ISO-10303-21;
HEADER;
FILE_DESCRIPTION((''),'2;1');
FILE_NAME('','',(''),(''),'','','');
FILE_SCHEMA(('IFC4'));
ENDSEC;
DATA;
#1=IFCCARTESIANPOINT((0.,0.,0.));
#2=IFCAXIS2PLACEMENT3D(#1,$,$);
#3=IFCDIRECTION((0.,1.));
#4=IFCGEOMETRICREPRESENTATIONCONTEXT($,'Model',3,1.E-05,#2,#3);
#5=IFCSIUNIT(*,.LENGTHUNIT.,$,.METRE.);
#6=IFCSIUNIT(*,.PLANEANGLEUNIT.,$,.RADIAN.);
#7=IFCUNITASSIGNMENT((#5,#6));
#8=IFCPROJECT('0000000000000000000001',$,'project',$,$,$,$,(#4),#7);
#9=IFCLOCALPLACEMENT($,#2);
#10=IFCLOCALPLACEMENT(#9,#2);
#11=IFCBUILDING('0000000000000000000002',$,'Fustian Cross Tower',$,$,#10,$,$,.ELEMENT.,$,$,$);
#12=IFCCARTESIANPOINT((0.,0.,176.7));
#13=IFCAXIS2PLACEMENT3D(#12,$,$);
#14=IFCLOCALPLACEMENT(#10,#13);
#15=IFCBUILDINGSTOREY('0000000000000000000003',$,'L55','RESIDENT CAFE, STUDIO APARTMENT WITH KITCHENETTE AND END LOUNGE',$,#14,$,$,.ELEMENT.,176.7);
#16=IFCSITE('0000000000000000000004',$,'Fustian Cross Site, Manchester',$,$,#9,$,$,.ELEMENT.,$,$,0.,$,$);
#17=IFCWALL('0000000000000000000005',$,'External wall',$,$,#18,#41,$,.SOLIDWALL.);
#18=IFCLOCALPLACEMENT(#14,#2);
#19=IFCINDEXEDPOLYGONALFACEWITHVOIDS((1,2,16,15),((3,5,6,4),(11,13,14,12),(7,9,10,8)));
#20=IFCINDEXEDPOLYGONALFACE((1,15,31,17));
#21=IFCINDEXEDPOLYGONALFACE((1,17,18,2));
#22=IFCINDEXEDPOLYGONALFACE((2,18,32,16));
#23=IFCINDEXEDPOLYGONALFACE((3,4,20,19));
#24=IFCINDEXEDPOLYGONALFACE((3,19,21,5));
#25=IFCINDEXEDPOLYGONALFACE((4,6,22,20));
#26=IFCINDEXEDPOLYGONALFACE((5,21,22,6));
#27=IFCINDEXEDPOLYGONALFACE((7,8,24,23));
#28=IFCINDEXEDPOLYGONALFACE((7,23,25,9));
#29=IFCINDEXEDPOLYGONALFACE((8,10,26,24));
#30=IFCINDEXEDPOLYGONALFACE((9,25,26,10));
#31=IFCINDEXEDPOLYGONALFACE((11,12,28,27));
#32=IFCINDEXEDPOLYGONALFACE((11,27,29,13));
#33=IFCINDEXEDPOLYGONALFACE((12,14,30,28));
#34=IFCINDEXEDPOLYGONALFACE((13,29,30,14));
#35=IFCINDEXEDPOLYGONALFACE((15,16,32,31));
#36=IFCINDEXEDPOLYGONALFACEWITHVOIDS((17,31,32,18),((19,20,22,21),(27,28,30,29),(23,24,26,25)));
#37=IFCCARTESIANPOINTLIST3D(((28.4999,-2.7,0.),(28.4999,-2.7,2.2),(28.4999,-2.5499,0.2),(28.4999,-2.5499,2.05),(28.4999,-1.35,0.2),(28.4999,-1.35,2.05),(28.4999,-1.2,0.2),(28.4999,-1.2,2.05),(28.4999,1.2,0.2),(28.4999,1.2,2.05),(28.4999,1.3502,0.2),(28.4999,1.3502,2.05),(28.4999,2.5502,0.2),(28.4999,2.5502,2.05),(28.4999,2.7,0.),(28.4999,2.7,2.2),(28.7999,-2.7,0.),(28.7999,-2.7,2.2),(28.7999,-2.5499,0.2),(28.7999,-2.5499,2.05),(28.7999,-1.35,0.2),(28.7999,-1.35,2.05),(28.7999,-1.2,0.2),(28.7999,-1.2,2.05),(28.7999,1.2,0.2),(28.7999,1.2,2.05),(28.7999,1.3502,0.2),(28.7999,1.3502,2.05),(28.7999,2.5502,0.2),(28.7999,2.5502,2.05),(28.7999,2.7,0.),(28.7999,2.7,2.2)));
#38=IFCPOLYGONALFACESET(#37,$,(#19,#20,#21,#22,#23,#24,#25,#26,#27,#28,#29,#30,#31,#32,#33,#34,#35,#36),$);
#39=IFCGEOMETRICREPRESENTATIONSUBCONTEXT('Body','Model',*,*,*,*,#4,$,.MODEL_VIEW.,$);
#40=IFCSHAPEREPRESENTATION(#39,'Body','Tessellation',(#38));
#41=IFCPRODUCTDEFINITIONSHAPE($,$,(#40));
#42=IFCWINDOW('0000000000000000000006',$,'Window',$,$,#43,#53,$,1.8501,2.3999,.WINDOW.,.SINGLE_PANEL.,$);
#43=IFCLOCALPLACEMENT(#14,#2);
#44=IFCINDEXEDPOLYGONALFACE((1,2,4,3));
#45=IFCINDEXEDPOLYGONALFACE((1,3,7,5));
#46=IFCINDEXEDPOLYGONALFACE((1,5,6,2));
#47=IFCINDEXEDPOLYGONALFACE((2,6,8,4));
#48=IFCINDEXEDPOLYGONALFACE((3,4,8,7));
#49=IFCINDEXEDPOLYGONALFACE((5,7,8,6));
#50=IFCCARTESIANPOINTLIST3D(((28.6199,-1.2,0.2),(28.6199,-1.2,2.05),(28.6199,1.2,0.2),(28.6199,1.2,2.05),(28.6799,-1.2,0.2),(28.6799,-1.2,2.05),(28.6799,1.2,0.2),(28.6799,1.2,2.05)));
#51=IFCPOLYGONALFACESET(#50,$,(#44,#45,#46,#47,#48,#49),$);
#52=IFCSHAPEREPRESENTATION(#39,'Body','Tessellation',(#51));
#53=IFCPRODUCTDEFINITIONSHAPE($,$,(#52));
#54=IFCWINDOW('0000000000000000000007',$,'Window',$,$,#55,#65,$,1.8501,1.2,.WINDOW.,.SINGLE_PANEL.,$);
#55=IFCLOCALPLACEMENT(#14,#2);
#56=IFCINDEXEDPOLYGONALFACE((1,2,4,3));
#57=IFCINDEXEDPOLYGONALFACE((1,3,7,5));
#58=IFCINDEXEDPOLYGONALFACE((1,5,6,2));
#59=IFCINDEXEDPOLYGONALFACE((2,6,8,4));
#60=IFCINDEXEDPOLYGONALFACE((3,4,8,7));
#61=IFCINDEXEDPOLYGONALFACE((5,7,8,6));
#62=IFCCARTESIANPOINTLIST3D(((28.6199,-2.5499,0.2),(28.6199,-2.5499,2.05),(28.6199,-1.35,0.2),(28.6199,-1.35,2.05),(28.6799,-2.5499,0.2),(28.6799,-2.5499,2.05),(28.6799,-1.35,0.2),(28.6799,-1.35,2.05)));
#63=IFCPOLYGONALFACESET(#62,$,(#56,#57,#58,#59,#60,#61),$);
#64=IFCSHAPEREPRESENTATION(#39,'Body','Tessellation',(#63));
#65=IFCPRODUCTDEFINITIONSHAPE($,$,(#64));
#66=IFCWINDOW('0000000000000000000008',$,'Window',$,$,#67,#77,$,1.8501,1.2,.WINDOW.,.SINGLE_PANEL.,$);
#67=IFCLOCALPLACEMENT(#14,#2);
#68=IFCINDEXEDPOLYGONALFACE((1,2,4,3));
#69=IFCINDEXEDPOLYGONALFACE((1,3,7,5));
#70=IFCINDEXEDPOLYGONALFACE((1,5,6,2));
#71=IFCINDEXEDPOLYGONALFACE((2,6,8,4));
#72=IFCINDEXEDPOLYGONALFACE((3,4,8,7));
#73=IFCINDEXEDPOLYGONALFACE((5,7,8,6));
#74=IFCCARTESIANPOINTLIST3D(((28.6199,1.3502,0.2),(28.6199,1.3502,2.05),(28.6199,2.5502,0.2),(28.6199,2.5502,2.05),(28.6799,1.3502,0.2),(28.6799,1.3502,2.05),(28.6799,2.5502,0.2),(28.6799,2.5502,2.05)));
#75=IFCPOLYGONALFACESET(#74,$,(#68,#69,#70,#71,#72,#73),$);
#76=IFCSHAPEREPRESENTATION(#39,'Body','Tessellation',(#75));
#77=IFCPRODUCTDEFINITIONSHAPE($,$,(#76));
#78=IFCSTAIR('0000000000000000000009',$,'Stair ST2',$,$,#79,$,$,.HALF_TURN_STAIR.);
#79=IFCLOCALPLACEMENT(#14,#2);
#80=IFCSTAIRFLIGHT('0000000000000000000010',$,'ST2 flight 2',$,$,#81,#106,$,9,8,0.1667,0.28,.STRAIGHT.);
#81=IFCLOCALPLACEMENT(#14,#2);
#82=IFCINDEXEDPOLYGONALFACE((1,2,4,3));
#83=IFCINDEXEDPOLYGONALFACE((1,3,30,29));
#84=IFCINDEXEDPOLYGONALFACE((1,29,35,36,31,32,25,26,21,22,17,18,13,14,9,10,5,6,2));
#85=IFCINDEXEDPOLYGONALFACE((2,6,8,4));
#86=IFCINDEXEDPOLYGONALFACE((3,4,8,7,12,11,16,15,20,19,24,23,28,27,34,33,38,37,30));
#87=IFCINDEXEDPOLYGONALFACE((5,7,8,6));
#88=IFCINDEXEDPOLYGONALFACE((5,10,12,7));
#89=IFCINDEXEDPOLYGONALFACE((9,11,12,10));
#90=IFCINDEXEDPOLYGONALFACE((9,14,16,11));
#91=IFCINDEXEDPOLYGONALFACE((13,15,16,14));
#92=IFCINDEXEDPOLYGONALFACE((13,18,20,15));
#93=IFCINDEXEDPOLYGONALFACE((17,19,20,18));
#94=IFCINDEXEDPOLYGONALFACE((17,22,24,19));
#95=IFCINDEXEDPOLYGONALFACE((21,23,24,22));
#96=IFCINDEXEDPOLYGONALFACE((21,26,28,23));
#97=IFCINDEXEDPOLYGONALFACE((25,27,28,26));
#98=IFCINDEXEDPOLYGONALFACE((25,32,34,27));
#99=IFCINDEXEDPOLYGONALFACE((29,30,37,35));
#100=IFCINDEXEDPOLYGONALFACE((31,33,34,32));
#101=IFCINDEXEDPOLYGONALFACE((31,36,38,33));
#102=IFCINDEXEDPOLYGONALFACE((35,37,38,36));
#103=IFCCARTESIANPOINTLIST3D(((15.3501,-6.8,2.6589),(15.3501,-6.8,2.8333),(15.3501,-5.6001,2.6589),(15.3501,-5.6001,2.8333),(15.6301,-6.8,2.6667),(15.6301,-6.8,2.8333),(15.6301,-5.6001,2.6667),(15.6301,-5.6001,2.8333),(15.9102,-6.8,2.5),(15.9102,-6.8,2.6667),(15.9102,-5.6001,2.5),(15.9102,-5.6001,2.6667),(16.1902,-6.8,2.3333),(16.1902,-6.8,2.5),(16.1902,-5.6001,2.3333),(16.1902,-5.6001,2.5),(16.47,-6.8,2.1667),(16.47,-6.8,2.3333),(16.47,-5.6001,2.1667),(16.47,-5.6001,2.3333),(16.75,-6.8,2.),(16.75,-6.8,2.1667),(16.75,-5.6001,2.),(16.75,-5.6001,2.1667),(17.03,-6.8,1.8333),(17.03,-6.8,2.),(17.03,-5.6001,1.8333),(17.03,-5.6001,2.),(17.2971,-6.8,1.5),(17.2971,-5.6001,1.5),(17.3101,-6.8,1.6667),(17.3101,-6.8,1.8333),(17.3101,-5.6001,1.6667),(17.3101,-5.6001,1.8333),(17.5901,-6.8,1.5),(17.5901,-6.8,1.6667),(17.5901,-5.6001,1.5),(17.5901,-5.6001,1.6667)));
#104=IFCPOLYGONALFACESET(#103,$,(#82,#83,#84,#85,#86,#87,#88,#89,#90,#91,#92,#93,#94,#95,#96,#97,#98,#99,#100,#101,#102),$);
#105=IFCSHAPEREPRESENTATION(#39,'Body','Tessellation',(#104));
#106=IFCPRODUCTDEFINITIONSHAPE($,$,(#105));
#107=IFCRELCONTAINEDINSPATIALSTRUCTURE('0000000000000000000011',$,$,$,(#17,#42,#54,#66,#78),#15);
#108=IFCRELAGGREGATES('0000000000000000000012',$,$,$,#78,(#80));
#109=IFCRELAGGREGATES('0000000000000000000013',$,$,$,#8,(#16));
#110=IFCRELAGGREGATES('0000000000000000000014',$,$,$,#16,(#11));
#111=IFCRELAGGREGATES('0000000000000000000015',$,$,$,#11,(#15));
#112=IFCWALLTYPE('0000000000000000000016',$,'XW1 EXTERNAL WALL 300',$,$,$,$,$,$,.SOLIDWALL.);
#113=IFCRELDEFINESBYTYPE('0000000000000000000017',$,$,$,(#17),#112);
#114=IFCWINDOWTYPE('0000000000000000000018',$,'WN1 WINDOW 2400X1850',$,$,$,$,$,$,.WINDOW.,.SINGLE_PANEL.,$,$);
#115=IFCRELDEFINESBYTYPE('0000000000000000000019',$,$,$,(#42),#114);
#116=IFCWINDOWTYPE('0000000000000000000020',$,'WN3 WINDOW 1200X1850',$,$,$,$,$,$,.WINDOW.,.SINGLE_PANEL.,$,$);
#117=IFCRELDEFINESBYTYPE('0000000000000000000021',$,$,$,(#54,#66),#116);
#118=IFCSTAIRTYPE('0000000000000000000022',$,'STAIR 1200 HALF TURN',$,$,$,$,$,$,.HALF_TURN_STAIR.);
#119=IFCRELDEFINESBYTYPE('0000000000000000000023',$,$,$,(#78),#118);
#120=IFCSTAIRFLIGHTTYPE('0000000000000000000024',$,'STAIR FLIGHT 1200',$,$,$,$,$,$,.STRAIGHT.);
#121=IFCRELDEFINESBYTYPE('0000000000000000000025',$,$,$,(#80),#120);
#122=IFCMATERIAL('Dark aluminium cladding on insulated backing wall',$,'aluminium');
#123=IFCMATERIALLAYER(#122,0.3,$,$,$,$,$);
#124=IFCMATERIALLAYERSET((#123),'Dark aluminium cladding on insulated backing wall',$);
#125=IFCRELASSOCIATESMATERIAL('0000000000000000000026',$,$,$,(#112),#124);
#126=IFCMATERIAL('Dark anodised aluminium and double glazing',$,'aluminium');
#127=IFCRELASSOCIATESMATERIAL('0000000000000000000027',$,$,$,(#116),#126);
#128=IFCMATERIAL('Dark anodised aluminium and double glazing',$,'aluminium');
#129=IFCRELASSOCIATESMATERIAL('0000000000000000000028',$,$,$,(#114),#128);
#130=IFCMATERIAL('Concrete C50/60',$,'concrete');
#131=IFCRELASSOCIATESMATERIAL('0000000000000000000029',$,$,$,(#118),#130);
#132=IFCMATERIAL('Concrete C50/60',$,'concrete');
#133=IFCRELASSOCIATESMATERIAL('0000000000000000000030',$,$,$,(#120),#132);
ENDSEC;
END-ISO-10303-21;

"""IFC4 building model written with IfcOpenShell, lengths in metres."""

from ifc_helpers import new_model, si_unit, direction, frame, frame_2d, origin, place, context, subcontext, project, spatial, polyline, rectangle, outline, extrude, material, layer, layer_set, type_object, element, fill, aggregate, save


model = new_model("IFC4")

# Units and contexts
model_context = context("Model", 3, precision=1e-05, world=origin(), true_north=direction((0.0, 1.0)))
body_context = subcontext(model_context, "Body", "Model", "MODEL_VIEW")
ifc_project = project(units=[si_unit("LENGTHUNIT", "METRE"), si_unit("PLANEANGLEUNIT", "RADIAN")], contexts=[model_context])

# Site, building, storey
site_placement = place(None, origin())
site = spatial("IfcSite", under=ifc_project, at=site_placement, Name="Fustian Cross Site, Manchester", CompositionType="ELEMENT", RefElevation=0.0)
building_placement = place(site_placement, origin())
building = spatial("IfcBuilding", under=site, at=building_placement, Name="Fustian Cross Tower", CompositionType="ELEMENT")
storey_placement = place(building_placement, frame((0.0, 0.0, 176.7)))
storey = spatial("IfcBuildingStorey", under=building, at=storey_placement, Name="L55", Description="RESIDENT CAFE, STUDIO APARTMENT WITH KITCHENETTE AND END LOUNGE", CompositionType="ELEMENT", Elevation=176.7)

# Shared definitions
ifc_material_1 = material(Name="Dark aluminium cladding on insulated backing wall", Category="aluminium")
ifc_layer_1 = layer(ifc_material_1, 0.3)
ifc_layer_set_1 = layer_set([ifc_layer_1], Name="Dark aluminium cladding on insulated backing wall")
wall_type_1 = type_object("IfcWallType", Name="XW1 EXTERNAL WALL 300", PredefinedType="SOLIDWALL", material=ifc_layer_set_1)
ifc_material_2 = material(Name="Dark anodised aluminium and double glazing", Category="aluminium")
window_type_1 = type_object("IfcWindowType", Name="WN3 WINDOW 1200X1850", PartitioningType="SINGLE_PANEL", PredefinedType="WINDOW", material=ifc_material_2)

# Wall, openings, windows
wall_1_placement = place(storey_placement, frame((28.6499, -2.7, 0.0), z_axis=(0.0, 0.0, 1.0), x_axis=(0.0, 1.0, 0.0)))
wall_1 = element("IfcWall", 1, at=wall_1_placement, inside=storey, type_object=wall_type_1, Name="External wall", PredefinedType="SOLIDWALL", context=body_context, shape_type="SweptSolid", body=[
    extrude(rectangle(XDim=5.3999, YDim=0.3, at=frame_2d((2.7, 0.0))), origin(), (0.0, 0.0, 1.0), 2.2),
])
opening_1_placement = place(wall_1_placement, frame((1.5, 0.0, 0.2)))
opening_1 = element("IfcOpeningElement", 2, at=opening_1_placement, cuts=wall_1, PredefinedType="OPENING", context=body_context, shape_type="SweptSolid", body=[
    extrude(rectangle(XDim=2.3999, YDim=1.8501, at=frame_2d((1.2, 0.925))), frame((0.0, 0.1599, 0.0), z_axis=(0.0, -1.0, 0.0), x_axis=(1.0, 0.0, 0.0)), (0.0, 0.0, 1.0), 0.3201),
])
opening_2_placement = place(wall_1_placement, frame((0.1499, 0.0, 0.2)))
opening_2 = element("IfcOpeningElement", 3, at=opening_2_placement, cuts=wall_1, PredefinedType="OPENING", context=body_context, shape_type="SweptSolid", body=[
    extrude(rectangle(XDim=1.2, YDim=1.8501, at=frame_2d((0.6001, 0.925))), frame((0.0, 0.1599, 0.0), z_axis=(0.0, -1.0, 0.0), x_axis=(1.0, 0.0, 0.0)), (0.0, 0.0, 1.0), 0.3201),
])
opening_3_placement = place(wall_1_placement, frame((4.05, 0.0, 0.2)))
opening_3 = element("IfcOpeningElement", 4, at=opening_3_placement, cuts=wall_1, PredefinedType="OPENING", context=body_context, shape_type="SweptSolid", body=[
    extrude(rectangle(XDim=1.2, YDim=1.8501, at=frame_2d((0.6001, 0.925))), frame((0.0, 0.1599, 0.0), z_axis=(0.0, -1.0, 0.0), x_axis=(1.0, 0.0, 0.0)), (0.0, 0.0, 1.0), 0.3201),
])
ifc_material_3 = material(Name="Dark anodised aluminium and double glazing", Category="aluminium")
window_type_2 = type_object("IfcWindowType", Name="WN1 WINDOW 2400X1850", PartitioningType="SINGLE_PANEL", PredefinedType="WINDOW", material=ifc_material_3)
window_1_placement = place(opening_1_placement, origin())
window_1 = element("IfcWindow", 5, at=window_1_placement, inside=storey, type_object=window_type_2, Name="Window", OverallHeight=1.8501, OverallWidth=2.3999, PartitioningType="SINGLE_PANEL", PredefinedType="WINDOW", context=body_context, shape_type="SweptSolid", body=[
    extrude(rectangle(XDim=2.3999, YDim=1.8501, at=frame_2d((1.2, 0.925))), frame((0.0, 0.03, 0.0), z_axis=(0.0, -1.0, 0.0), x_axis=(1.0, 0.0, 0.0)), (0.0, 0.0, 1.0), 0.0601),
])
fill(opening_1, window_1)
window_2_placement = place(opening_2_placement, origin())
window_2 = element("IfcWindow", 6, at=window_2_placement, inside=storey, type_object=window_type_1, Name="Window", OverallHeight=1.8501, OverallWidth=1.2, PartitioningType="SINGLE_PANEL", PredefinedType="WINDOW", context=body_context, shape_type="SweptSolid", body=[
    extrude(rectangle(XDim=1.2, YDim=1.8501, at=frame_2d((0.6001, 0.925))), frame((0.0, 0.03, 0.0), z_axis=(0.0, -1.0, 0.0), x_axis=(1.0, 0.0, 0.0)), (0.0, 0.0, 1.0), 0.0601),
])
fill(opening_2, window_2)
window_3_placement = place(opening_3_placement, origin())
window_3 = element("IfcWindow", 7, at=window_3_placement, inside=storey, type_object=window_type_1, Name="Window", OverallHeight=1.8501, OverallWidth=1.2, PartitioningType="SINGLE_PANEL", PredefinedType="WINDOW", context=body_context, shape_type="SweptSolid", body=[
    extrude(rectangle(XDim=1.2, YDim=1.8501, at=frame_2d((0.6001, 0.925))), frame((0.0, 0.03, 0.0), z_axis=(0.0, -1.0, 0.0), x_axis=(1.0, 0.0, 0.0)), (0.0, 0.0, 1.0), 0.0601),
])
fill(opening_3, window_3)

# Stair, stair flight
ifc_material_4 = material(Name="Concrete C50/60", Category="concrete")
stair_type = type_object("IfcStairType", Name="STAIR 1200 HALF TURN", PredefinedType="HALF_TURN_STAIR", material=ifc_material_4)
stair_placement = place(storey_placement, origin())
stair = element("IfcStair", 8, at=stair_placement, inside=storey, type_object=stair_type, Name="Stair ST2", PredefinedType="HALF_TURN_STAIR")
ifc_material_5 = material(Name="Concrete C50/60", Category="concrete")
stair_flight_type = type_object("IfcStairFlightType", Name="STAIR FLIGHT 1200", PredefinedType="STRAIGHT", material=ifc_material_5)
stair_flight_placement = place(storey_placement, frame((17.5901, -6.2, 1.5), z_axis=(0.0, 0.0, 1.0), x_axis=(-1.0, 0.0, 0.0)))
stair_flight = element("IfcStairFlight", 9, at=stair_flight_placement, type_object=stair_flight_type, Name="ST2 flight 2", NumberOfRisers=9, NumberOfTreads=8, PredefinedType="STRAIGHT", RiserHeight=0.1667, TreadLength=0.28, context=body_context, shape_type="SweptSolid", body=[
    extrude(outline(polyline([(0.0, 0.0), (0.0, 0.1667), (0.28, 0.1667), (0.28, 0.3333), (0.5601, 0.3333), (0.5601, 0.5), (0.8401, 0.5), (0.8401, 0.6667), (1.1201, 0.6667), (1.1201, 0.8333), (1.3999, 0.8333), (1.3999, 1.0), (1.6799, 1.0), (1.6799, 1.1667), (1.96, 1.1667), (1.96, 1.3333), (2.24, 1.3333), (2.24, 1.5), (2.24, 1.1589), (0.293, 0.0), (0.0, 0.0)])), frame((0.0, 0.6001, 0.0), z_axis=(0.0, -1.0, 0.0), x_axis=(1.0, 0.0, 0.0)), (0.0, 0.0, 1.0), 1.2),
])
aggregate(stair, [stair_flight])

save(model, "model.ifc")
